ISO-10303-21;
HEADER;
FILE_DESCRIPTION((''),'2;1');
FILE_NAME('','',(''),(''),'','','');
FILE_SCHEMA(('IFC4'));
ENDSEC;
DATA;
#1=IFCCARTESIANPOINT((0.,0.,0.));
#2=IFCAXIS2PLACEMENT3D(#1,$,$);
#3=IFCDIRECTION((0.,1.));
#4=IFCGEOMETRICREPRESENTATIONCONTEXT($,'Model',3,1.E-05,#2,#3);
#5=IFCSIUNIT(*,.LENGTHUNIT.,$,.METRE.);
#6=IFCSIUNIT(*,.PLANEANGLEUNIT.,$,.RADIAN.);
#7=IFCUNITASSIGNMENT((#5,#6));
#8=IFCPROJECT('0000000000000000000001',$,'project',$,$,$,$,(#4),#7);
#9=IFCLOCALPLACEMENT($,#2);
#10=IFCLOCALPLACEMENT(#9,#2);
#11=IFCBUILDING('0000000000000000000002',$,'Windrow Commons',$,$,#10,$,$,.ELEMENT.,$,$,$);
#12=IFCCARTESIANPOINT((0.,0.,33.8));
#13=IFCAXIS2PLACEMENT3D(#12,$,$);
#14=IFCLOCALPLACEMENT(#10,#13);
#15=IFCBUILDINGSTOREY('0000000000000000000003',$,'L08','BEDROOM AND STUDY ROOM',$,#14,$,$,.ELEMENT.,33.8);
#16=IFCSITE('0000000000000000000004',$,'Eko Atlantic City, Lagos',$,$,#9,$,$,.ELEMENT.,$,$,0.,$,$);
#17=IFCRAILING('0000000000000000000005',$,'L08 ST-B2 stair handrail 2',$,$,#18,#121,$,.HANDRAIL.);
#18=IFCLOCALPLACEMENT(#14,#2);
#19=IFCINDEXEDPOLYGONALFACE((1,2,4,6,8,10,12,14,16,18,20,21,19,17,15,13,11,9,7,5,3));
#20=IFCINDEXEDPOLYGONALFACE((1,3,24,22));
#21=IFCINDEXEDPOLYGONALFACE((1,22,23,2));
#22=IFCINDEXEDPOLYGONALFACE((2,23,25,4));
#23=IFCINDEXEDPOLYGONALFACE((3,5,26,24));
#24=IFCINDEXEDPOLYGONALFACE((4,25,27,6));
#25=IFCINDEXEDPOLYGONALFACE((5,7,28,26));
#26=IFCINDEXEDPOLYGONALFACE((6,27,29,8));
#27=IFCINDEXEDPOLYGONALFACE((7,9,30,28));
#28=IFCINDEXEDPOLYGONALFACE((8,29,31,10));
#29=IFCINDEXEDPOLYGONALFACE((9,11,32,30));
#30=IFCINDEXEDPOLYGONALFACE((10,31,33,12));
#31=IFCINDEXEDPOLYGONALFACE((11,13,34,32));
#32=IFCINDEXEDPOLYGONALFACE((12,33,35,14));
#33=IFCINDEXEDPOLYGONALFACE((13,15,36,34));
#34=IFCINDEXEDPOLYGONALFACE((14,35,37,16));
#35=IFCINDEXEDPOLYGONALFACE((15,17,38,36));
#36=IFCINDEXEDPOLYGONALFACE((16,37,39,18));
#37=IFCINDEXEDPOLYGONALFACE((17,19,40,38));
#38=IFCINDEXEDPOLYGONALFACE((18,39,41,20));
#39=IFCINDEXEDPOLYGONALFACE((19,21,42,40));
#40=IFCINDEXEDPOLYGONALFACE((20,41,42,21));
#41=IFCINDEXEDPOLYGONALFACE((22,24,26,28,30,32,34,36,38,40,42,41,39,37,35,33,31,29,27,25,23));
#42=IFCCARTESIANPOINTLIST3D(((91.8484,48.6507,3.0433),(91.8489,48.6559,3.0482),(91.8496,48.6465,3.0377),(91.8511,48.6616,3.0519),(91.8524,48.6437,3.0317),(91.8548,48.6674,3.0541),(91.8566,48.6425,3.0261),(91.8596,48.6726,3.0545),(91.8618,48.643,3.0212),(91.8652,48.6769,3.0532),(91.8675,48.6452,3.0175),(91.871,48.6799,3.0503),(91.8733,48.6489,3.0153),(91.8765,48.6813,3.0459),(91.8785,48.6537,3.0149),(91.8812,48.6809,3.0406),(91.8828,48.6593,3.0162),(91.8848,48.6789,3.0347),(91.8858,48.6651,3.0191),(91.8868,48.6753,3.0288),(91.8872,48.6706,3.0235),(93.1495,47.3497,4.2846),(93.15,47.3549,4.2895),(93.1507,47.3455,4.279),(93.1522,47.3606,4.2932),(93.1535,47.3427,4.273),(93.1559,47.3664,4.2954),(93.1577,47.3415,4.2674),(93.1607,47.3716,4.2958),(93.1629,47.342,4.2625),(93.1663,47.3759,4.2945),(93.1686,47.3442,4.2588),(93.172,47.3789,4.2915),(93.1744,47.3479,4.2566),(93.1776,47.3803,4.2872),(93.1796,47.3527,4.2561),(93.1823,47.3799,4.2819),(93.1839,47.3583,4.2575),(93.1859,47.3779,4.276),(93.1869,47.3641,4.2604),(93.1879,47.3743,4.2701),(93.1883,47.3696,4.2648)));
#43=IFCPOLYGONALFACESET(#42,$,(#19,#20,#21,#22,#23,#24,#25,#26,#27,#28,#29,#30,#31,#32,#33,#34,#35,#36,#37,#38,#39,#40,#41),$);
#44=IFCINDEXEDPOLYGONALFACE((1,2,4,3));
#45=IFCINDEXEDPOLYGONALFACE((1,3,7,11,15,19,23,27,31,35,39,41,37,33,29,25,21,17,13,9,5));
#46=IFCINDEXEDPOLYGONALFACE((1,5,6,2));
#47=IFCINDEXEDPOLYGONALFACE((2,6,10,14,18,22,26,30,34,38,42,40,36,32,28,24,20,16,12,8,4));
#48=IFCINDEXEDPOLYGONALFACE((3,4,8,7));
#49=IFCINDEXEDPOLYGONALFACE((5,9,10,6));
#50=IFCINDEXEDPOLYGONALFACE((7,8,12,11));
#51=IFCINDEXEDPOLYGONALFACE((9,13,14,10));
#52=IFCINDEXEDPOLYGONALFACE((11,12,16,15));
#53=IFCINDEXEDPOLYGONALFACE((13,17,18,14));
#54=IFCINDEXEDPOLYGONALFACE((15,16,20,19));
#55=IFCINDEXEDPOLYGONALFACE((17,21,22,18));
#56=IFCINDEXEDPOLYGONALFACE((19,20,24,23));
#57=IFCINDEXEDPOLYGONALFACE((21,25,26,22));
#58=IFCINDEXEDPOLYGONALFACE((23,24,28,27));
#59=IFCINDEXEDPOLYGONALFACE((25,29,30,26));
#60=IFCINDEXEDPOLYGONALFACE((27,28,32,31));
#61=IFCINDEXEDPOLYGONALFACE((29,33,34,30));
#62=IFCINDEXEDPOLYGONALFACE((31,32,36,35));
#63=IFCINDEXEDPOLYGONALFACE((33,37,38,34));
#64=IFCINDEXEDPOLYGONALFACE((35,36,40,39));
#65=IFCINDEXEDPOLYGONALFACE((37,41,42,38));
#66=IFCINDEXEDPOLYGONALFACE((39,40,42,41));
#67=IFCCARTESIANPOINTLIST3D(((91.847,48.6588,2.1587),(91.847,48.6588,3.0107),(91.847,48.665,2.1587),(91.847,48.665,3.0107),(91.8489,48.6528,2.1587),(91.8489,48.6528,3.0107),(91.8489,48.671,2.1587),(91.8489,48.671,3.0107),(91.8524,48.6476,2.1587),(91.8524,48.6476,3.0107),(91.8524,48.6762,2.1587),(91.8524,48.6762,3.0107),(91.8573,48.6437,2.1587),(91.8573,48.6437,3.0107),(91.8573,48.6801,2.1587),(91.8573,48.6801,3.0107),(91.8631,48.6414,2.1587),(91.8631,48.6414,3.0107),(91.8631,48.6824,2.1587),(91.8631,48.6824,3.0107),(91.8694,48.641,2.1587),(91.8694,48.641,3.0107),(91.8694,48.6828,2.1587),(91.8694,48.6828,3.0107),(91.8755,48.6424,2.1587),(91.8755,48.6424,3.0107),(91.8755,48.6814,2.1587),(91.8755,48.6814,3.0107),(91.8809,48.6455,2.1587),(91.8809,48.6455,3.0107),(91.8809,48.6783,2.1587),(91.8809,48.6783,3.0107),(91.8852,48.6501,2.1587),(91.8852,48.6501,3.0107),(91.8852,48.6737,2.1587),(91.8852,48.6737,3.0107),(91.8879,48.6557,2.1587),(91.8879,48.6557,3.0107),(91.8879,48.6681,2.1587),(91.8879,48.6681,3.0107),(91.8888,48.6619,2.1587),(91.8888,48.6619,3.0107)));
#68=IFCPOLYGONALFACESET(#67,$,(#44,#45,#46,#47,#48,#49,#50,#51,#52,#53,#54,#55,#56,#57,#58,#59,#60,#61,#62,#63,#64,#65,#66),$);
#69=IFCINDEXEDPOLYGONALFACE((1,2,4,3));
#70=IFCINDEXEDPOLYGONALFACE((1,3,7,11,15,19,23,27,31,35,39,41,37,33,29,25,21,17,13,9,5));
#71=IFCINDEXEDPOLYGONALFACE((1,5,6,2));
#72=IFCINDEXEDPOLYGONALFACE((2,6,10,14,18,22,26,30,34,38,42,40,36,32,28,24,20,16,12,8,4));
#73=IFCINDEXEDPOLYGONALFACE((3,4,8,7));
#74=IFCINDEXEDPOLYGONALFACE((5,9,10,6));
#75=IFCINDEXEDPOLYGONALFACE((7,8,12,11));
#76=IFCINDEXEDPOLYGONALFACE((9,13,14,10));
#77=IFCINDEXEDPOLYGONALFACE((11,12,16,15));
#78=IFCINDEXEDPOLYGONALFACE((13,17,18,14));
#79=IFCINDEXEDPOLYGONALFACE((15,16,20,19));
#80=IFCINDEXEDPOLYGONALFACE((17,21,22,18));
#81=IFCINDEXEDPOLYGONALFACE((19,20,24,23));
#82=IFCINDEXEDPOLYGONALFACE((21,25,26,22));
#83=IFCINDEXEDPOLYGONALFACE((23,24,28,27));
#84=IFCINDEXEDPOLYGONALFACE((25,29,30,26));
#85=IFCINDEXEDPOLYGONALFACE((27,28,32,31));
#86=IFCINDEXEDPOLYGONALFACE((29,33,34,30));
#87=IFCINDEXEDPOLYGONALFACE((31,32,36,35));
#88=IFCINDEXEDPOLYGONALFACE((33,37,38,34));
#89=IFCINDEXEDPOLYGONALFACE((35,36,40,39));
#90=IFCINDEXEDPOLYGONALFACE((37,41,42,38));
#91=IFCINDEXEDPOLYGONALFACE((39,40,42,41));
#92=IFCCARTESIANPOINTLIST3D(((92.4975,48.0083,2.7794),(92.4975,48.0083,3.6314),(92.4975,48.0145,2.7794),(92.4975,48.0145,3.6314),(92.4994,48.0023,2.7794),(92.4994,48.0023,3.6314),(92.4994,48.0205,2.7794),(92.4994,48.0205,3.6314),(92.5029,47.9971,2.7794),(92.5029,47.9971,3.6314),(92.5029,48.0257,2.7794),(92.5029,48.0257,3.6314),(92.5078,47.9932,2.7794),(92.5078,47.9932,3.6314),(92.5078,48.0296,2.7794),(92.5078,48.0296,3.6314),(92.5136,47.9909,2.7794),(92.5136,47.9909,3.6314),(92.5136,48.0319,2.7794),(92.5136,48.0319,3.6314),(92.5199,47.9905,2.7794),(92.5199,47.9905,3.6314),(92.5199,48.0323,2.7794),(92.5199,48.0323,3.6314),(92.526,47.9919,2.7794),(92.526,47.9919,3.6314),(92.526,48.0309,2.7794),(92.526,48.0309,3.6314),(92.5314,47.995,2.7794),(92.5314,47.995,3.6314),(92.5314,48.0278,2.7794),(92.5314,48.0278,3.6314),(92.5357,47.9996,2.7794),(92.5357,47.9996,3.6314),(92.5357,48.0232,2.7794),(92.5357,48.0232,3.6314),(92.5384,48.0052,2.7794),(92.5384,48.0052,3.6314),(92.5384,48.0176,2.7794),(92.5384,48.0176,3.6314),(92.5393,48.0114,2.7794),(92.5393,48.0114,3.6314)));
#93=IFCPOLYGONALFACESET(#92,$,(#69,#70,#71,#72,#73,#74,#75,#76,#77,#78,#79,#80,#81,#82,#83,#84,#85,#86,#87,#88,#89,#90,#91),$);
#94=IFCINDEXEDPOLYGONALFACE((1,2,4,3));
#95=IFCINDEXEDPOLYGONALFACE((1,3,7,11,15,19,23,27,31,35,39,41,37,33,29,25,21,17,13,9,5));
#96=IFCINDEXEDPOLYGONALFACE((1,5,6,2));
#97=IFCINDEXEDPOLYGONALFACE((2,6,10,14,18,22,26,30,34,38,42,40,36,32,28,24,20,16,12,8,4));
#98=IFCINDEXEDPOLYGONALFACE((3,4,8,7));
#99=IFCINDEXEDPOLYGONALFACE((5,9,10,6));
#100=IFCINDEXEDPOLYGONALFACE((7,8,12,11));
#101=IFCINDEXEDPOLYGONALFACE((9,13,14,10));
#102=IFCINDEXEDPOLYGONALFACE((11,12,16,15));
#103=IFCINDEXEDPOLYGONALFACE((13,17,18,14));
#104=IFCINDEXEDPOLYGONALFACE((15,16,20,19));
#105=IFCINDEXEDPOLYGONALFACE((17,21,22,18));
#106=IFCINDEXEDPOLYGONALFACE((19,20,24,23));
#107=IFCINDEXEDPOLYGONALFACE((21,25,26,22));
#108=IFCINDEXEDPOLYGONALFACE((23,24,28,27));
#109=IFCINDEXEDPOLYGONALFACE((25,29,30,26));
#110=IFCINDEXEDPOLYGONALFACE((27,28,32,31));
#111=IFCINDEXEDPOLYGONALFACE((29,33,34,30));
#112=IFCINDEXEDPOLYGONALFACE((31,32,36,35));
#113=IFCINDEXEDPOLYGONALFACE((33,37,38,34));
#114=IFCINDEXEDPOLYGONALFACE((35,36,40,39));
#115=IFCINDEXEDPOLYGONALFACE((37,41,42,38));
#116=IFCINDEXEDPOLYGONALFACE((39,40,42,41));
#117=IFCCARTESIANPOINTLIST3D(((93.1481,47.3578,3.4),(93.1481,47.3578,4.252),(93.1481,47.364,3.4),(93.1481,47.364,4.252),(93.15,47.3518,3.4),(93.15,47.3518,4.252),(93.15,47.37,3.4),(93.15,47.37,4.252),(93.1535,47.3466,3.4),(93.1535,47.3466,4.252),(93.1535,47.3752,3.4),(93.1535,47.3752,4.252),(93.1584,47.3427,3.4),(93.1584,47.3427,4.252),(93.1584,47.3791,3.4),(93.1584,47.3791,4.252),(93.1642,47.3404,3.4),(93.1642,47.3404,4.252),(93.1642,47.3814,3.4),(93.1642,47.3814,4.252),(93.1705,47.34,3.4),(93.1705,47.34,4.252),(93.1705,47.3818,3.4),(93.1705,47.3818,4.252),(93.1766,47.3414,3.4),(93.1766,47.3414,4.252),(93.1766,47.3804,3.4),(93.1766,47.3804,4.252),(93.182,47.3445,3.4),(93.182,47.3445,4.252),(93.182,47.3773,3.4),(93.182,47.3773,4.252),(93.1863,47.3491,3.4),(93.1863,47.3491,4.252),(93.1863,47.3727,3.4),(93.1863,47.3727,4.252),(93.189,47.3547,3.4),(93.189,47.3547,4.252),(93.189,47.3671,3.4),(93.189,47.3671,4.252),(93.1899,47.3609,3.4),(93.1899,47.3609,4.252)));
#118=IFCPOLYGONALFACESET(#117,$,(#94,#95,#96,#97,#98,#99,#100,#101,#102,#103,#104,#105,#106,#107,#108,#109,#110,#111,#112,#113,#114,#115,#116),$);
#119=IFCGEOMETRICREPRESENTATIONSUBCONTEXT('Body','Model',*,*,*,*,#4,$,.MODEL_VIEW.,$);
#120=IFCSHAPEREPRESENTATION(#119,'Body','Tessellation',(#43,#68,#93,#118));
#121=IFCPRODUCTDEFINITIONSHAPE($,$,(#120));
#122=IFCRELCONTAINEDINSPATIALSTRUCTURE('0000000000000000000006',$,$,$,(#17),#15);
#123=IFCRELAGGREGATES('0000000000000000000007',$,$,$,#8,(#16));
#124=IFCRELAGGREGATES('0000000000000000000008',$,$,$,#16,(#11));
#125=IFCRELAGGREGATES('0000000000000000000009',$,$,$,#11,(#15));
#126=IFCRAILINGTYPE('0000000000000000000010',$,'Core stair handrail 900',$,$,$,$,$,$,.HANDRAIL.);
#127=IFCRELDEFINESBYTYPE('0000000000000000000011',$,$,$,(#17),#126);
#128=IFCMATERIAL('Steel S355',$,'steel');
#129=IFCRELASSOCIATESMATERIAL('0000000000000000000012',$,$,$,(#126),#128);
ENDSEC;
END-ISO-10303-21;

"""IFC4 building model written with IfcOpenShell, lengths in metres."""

from ifc_helpers import new_model, si_unit, direction, frame, origin, origin_2d, place, context, subcontext, project, spatial, circle, extrude, material, type_object, element, save


model = new_model("IFC4")

# Units and contexts
model_context = context("Model", 3, precision=1e-05, world=origin(), true_north=direction((0.0, 1.0)))
body_context = subcontext(model_context, "Body", "Model", "MODEL_VIEW")
ifc_project = project(units=[si_unit("LENGTHUNIT", "METRE"), si_unit("PLANEANGLEUNIT", "RADIAN")], contexts=[model_context])

# Site, building, storey
site_placement = place(None, origin())
site = spatial("IfcSite", under=ifc_project, at=site_placement, Name="Eko Atlantic City, Lagos", CompositionType="ELEMENT", RefElevation=0.0)
building_placement = place(site_placement, origin())
building = spatial("IfcBuilding", under=site, at=building_placement, Name="Windrow Commons", CompositionType="ELEMENT")
storey_placement = place(building_placement, frame((0.0, 0.0, 33.8)))
storey = spatial("IfcBuildingStorey", under=building, at=storey_placement, Name="L08", Description="BEDROOM AND STUDY ROOM", CompositionType="ELEMENT", Elevation=33.8)

# Railing
ifc_material_1 = material(Name="Steel S355", Category="steel")
railing_type_1 = type_object("IfcRailingType", Name="Core stair handrail 900", PredefinedType="HANDRAIL", material=ifc_material_1)
railing_1_placement = place(storey_placement, frame((91.8678, 48.6619, 2.1587)))
element("IfcRailing", 1, at=railing_1_placement, inside=storey, type_object=railing_type_1, Name="L08 ST-B2 stair handrail 2", PredefinedType="HANDRAIL", context=body_context, shape_type="SweptSolid", body=[
    extrude(circle(Radius=0.024, at=origin_2d()), frame((0.0, 0.0, 0.876), z_axis=(0.586207, -0.586162, 0.559264), x_axis=(0.70708, 0.707134, 0.0)), (0.0, 0.0, 1.0), 2.2195),
    extrude(circle(Radius=0.021, at=origin_2d()), origin(), (0.0, 0.0, 1.0), 0.852),
    extrude(circle(Radius=0.021, at=origin_2d()), frame((0.6505, -0.6505, 0.6207)), (0.0, 0.0, 1.0), 0.852),
    extrude(circle(Radius=0.021, at=origin_2d()), frame((1.3011, -1.301, 1.2413)), (0.0, 0.0, 1.0), 0.852),
])

save(model, "model.ifc")
